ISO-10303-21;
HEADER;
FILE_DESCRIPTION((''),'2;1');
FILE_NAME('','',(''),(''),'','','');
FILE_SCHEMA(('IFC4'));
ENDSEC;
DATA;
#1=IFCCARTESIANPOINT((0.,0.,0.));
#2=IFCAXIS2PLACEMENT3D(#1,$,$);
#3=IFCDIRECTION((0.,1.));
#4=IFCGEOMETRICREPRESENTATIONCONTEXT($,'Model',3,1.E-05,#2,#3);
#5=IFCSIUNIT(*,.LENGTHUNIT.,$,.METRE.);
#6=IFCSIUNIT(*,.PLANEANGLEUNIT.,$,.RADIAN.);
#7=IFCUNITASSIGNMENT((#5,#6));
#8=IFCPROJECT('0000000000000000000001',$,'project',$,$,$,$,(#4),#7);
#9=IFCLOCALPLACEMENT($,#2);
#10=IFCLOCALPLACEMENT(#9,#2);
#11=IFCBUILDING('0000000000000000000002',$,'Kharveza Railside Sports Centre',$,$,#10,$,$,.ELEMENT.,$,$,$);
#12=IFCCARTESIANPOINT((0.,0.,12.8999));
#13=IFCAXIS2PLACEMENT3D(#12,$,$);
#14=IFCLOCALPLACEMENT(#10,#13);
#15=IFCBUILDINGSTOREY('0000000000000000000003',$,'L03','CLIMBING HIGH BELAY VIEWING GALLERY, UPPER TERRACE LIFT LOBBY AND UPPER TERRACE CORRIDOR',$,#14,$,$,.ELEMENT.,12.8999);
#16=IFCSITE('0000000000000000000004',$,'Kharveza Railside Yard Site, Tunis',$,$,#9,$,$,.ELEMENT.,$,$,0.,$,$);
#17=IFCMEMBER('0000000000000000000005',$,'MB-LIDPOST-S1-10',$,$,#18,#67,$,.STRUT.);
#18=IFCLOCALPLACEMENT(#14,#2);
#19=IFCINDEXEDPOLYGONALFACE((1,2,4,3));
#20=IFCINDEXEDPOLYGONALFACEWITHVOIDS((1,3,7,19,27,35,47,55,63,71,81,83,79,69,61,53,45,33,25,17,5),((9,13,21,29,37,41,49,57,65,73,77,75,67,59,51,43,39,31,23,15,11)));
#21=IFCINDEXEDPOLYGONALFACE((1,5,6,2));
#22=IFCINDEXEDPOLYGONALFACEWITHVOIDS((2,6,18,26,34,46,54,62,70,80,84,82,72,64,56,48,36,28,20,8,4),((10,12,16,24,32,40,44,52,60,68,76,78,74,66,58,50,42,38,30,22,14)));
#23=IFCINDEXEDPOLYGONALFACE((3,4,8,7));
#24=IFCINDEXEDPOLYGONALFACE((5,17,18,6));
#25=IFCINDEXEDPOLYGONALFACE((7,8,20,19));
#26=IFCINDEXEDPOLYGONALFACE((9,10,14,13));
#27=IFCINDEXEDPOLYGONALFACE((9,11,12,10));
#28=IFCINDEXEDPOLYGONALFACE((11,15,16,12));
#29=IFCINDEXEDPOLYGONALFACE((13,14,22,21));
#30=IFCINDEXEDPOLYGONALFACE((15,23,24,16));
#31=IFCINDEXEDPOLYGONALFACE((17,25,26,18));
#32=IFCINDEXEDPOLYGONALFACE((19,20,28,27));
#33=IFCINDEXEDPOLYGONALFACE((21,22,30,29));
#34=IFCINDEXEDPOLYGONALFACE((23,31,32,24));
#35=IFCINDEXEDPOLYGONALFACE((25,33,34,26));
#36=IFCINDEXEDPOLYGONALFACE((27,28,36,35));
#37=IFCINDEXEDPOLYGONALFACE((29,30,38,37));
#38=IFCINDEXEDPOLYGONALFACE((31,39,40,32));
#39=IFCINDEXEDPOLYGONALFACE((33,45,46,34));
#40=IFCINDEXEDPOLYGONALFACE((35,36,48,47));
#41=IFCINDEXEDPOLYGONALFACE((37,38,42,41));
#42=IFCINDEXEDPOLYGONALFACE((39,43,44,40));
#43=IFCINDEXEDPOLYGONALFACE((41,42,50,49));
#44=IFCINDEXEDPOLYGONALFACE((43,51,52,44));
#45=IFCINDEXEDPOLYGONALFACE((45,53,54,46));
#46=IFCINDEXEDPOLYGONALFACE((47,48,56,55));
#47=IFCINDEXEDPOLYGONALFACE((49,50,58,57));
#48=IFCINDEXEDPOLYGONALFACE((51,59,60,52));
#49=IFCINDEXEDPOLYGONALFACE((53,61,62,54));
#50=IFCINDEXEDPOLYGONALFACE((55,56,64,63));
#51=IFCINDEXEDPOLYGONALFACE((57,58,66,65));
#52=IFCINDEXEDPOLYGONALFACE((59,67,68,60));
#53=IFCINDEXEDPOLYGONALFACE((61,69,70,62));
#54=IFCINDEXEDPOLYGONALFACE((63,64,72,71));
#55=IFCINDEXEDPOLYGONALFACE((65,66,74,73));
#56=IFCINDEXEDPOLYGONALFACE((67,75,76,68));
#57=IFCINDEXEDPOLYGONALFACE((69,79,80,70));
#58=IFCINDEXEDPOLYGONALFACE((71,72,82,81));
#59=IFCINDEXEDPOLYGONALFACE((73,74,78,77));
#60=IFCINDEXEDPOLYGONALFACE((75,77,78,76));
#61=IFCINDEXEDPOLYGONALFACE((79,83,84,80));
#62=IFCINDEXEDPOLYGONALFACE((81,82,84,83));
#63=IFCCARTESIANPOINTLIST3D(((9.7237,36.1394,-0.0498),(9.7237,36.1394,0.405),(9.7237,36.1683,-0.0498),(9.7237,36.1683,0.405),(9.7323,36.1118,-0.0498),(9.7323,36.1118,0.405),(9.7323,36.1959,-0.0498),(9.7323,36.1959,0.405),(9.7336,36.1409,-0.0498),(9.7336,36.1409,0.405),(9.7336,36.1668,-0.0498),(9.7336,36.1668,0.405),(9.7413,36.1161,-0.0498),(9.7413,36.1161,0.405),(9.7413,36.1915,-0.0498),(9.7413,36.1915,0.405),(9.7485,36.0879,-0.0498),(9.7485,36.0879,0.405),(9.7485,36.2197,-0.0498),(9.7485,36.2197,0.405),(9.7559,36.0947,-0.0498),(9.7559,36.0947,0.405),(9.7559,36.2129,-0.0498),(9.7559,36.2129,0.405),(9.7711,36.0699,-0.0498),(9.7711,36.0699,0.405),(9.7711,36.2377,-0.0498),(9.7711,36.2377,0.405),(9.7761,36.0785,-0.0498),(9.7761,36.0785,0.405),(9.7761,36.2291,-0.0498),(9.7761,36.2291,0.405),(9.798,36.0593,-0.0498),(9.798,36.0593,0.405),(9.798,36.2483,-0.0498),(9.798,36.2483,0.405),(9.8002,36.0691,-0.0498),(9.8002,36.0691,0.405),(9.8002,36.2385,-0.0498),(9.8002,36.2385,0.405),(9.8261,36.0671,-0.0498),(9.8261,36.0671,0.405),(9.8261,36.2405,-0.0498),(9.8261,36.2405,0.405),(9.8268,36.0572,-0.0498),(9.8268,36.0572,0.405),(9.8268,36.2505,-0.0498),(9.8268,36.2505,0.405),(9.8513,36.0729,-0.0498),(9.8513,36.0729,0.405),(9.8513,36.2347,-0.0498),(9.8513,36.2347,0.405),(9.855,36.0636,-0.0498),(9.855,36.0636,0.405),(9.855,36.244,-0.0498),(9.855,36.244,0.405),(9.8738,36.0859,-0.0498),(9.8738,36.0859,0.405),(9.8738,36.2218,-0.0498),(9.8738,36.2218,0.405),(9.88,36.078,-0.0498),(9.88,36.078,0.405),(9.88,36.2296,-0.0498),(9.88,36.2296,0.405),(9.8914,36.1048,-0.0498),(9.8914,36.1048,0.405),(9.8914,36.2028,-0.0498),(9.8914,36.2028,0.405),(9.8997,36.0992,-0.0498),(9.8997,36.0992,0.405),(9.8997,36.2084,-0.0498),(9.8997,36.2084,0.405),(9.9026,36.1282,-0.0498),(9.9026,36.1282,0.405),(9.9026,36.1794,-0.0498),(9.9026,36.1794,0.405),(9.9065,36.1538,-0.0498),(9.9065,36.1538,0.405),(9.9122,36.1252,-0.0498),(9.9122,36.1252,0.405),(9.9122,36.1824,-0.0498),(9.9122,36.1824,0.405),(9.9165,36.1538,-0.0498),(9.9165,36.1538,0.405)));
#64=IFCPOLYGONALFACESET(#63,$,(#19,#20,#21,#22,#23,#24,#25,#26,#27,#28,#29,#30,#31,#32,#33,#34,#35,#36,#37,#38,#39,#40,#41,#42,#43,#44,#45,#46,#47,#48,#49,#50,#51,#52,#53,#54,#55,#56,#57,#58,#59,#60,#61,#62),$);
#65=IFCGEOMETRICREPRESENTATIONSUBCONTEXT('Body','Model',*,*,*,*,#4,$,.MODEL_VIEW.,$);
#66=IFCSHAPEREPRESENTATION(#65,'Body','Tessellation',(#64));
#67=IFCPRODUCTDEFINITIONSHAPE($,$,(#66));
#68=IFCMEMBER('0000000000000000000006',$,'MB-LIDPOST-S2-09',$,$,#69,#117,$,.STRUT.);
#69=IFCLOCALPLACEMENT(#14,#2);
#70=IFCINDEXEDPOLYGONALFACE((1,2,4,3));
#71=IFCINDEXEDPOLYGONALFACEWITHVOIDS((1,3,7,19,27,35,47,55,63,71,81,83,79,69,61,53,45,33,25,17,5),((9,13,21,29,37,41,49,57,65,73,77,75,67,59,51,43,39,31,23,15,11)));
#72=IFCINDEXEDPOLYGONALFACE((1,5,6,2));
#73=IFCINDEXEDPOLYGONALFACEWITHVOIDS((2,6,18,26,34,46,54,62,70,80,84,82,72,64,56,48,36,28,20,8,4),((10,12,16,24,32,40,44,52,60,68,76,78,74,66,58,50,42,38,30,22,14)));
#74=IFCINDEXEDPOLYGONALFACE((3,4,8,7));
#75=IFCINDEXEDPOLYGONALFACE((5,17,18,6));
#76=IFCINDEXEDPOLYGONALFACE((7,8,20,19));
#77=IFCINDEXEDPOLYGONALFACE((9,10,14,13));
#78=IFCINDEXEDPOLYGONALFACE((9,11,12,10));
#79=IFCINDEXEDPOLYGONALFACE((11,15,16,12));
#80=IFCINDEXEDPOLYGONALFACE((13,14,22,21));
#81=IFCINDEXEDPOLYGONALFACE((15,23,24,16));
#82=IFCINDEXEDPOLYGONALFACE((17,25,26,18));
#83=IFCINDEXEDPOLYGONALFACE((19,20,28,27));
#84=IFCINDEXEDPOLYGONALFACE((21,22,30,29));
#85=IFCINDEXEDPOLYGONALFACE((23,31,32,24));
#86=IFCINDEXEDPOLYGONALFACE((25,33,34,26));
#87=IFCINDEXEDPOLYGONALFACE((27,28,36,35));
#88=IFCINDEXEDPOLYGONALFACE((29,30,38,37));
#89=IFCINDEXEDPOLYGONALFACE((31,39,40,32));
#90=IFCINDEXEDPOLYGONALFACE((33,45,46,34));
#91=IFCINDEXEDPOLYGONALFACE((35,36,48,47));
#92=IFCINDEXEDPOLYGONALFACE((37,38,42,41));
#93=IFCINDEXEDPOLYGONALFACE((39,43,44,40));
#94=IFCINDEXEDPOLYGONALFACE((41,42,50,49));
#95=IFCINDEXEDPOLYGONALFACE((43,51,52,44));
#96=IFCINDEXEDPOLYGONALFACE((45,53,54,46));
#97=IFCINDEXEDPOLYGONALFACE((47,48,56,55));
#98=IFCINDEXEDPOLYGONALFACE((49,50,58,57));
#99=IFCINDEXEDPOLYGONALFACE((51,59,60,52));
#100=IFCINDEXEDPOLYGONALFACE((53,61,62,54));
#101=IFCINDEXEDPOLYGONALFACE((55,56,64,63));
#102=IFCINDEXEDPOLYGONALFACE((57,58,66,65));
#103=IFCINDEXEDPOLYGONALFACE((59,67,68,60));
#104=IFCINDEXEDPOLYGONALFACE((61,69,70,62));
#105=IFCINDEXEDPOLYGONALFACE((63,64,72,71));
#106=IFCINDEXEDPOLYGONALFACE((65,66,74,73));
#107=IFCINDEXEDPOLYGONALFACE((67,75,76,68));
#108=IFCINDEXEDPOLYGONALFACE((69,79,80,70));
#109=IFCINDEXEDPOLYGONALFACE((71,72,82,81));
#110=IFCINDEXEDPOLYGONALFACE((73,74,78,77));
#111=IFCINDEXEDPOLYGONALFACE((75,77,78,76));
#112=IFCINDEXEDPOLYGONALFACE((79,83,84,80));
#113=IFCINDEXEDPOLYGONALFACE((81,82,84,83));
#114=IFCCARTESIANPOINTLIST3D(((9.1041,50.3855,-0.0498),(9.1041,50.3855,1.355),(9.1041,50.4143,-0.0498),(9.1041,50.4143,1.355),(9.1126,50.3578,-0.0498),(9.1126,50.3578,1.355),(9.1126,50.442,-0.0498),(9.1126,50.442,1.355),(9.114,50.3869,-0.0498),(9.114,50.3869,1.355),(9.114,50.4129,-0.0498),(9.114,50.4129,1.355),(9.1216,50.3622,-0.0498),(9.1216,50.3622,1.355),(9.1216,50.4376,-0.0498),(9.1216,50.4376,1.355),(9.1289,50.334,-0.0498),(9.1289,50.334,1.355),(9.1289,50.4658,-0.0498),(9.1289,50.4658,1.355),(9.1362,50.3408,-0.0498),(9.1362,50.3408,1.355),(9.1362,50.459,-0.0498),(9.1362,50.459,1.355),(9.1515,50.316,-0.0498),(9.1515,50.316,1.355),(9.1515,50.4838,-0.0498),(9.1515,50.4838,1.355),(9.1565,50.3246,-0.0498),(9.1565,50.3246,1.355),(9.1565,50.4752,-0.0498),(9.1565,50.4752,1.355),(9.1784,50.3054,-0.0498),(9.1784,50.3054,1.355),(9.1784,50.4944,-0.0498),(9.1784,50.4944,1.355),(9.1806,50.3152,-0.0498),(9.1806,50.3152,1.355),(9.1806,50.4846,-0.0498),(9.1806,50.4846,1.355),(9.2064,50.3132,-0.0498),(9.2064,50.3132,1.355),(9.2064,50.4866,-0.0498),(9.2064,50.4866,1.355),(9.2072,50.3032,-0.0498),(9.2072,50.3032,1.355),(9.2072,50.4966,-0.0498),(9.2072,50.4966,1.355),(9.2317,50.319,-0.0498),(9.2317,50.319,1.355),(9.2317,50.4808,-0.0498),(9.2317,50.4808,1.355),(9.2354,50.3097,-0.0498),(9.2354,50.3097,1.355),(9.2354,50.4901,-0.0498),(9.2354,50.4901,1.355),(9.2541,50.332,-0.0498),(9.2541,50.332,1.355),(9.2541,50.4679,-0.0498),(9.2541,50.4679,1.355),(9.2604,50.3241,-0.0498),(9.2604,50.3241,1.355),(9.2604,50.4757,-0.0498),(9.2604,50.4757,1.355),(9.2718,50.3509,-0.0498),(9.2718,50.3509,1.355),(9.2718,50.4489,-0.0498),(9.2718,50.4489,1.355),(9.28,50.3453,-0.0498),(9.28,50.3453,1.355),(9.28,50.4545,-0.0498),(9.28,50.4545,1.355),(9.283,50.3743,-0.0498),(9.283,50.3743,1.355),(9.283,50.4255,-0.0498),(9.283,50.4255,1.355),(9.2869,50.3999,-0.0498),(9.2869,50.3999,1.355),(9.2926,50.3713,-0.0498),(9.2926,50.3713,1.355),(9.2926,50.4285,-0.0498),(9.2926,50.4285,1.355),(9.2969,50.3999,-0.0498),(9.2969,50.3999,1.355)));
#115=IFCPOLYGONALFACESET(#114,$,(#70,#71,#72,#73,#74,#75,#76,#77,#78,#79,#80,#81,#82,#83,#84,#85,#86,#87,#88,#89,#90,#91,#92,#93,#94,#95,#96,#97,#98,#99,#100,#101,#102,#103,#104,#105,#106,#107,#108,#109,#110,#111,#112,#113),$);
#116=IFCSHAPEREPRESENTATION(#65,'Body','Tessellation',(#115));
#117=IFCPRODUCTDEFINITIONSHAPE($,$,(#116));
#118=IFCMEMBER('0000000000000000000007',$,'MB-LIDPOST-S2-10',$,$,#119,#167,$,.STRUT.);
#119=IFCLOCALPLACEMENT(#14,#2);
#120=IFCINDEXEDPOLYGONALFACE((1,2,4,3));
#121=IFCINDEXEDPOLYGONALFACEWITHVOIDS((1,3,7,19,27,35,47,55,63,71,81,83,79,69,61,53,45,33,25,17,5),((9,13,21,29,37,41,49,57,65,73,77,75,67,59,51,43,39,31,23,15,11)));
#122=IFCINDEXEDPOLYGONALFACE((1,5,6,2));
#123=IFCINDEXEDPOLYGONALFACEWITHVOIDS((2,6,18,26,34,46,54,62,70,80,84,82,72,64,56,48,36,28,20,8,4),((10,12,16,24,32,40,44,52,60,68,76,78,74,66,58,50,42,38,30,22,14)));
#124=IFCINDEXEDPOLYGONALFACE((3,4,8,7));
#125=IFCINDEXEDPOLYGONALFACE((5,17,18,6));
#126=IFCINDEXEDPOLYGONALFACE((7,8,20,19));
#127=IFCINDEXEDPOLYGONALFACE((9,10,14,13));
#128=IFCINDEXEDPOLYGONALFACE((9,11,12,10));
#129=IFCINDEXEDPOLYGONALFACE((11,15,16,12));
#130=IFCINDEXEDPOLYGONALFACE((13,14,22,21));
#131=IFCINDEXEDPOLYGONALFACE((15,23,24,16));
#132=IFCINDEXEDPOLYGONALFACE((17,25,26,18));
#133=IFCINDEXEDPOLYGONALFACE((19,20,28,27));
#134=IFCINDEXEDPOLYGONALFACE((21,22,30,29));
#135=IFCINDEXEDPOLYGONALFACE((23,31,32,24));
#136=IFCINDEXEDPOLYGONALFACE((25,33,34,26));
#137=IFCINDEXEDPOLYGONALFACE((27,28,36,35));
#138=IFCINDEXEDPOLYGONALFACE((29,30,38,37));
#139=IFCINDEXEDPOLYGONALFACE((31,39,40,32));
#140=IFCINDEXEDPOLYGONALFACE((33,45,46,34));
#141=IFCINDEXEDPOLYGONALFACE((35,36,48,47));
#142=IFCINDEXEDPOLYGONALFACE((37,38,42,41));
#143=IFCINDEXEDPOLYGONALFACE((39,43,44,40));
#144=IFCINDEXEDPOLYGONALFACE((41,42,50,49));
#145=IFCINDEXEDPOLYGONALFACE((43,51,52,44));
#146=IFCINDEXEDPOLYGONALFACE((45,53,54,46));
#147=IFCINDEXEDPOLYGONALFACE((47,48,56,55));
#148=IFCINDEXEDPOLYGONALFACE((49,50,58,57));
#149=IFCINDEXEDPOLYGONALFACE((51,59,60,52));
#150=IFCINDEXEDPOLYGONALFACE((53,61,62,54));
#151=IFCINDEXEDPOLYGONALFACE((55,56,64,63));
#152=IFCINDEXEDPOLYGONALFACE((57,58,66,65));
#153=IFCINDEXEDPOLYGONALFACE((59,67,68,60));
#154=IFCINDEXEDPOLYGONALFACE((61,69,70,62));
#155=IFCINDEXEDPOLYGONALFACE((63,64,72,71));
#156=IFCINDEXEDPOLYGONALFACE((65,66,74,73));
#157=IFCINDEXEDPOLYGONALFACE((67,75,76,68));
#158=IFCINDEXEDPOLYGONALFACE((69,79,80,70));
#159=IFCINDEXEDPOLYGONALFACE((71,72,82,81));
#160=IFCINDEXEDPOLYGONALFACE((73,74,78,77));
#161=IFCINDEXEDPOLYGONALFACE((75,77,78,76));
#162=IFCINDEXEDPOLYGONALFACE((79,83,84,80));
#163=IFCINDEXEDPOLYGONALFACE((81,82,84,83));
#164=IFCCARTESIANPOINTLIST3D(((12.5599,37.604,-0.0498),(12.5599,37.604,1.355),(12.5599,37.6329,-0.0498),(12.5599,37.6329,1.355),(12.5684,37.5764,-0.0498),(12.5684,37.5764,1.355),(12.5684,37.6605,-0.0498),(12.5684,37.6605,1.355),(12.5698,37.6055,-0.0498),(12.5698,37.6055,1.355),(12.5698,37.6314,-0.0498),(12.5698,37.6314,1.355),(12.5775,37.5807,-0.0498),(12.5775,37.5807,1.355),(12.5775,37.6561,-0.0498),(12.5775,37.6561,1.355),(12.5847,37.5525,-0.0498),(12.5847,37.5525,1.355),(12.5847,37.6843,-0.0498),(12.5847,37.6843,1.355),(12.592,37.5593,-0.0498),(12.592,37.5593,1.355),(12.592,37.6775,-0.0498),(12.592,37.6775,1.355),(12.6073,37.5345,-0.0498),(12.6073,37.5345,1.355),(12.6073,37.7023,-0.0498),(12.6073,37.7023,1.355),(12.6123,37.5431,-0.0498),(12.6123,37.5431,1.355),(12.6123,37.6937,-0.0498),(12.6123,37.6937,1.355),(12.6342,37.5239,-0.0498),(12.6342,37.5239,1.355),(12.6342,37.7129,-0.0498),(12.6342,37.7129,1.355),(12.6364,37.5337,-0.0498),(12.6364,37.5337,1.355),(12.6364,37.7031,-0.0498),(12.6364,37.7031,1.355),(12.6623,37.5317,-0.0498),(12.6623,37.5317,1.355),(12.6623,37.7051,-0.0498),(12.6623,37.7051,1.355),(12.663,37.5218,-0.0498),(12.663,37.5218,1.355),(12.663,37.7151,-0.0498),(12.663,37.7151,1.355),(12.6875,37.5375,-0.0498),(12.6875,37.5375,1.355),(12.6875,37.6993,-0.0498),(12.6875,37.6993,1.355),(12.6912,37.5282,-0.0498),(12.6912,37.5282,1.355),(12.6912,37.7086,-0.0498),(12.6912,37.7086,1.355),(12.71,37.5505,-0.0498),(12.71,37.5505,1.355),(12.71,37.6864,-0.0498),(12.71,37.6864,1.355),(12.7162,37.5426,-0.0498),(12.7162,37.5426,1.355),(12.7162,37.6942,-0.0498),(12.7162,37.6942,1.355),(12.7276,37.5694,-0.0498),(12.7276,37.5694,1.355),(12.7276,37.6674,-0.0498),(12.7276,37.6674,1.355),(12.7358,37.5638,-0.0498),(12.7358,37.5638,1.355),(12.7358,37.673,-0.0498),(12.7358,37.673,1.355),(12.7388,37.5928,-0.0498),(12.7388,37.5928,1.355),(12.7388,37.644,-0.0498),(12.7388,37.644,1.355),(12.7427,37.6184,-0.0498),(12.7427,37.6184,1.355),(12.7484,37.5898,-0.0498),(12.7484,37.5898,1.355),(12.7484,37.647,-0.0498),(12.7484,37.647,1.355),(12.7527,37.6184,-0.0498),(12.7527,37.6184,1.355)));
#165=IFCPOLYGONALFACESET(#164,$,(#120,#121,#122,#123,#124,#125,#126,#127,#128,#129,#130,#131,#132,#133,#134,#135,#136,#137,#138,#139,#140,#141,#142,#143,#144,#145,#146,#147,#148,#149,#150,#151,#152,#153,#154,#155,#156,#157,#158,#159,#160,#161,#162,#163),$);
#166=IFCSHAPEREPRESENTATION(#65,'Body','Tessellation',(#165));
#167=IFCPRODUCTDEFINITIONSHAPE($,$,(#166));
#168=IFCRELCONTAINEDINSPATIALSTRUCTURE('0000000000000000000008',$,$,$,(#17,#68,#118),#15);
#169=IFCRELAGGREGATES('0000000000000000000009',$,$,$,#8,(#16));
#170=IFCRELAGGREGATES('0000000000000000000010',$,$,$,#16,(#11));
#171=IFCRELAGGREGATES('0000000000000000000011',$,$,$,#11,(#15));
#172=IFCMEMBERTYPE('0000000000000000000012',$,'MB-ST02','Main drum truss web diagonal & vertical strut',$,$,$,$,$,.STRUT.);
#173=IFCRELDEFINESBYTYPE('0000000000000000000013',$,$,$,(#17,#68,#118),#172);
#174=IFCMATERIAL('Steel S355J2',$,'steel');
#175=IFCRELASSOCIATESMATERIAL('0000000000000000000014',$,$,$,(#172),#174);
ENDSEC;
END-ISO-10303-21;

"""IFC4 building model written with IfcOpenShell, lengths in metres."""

from ifc_helpers import new_model, si_unit, direction, frame, origin, origin_2d, place, context, subcontext, project, spatial, hollow_circle, extrude, material, material_profile, profile_set, type_object, element, save


model = new_model("IFC4")

# Units and contexts
model_context = context("Model", 3, precision=1e-05, world=origin(), true_north=direction((0.0, 1.0)))
body_context = subcontext(model_context, "Body", "Model", "MODEL_VIEW")
ifc_project = project(units=[si_unit("LENGTHUNIT", "METRE"), si_unit("PLANEANGLEUNIT", "RADIAN")], contexts=[model_context])

# Site, building, storey
site_placement = place(None, origin())
site = spatial("IfcSite", under=ifc_project, at=site_placement, Name="Kharveza Railside Yard Site, Tunis", CompositionType="ELEMENT", RefElevation=0.0)
building_placement = place(site_placement, origin())
building = spatial("IfcBuilding", under=site, at=building_placement, Name="Kharveza Railside Sports Centre", CompositionType="ELEMENT")
storey_placement = place(building_placement, frame((0.0, 0.0, 12.8999)))
storey = spatial("IfcBuildingStorey", under=building, at=storey_placement, Name="L03", Description="CLIMBING HIGH BELAY VIEWING GALLERY, UPPER TERRACE LIFT LOBBY AND UPPER TERRACE CORRIDOR", CompositionType="ELEMENT", Elevation=12.8999)

# Shared definitions
ifc_material_1 = material(Name="Steel S355J2", Category="steel")

# Members
ifc_material_profile_1 = material_profile(ifc_material_1, hollow_circle(Radius=0.0969, WallThickness=0.01, at=origin_2d()), Name="CHS 193.7x10.0")
ifc_profile_set_1 = profile_set([ifc_material_profile_1], Name="Steel S355J2")
member_type_1 = type_object("IfcMemberType", Name="MB-ST02", Description="Main drum truss web diagonal & vertical strut", PredefinedType="STRUT", material=ifc_profile_set_1)
for number, where, z_axis, x_axis, name in (
    (1, (9.8196, 36.1538, -0.0498), (0.0, 0.0, 1.0), (1.0, 0.0, 0.0), "MB-LIDPOST-S1-10"),
):
    element("IfcMember", number, at=place(storey_placement, frame(where, z_axis=z_axis, x_axis=x_axis)), inside=storey, type_object=member_type_1, Name=name, PredefinedType="STRUT", context=body_context, shape_type="SweptSolid", body=[
        extrude(hollow_circle(Radius=0.0969, WallThickness=0.01, at=origin_2d()), origin(), (0.0, 0.0, 1.0), 0.4548),
    ])
for number, where, z_axis, x_axis, name in (
    (2, (9.2, 50.3999, -0.0498), (0.0, 0.0, 1.0), (1.0, 0.0, 0.0), "MB-LIDPOST-S2-09"),
    (3, (12.6558, 37.6184, -0.0498), (0.0, 0.0, 1.0), (1.0, 0.0, 0.0), "MB-LIDPOST-S2-10"),
):
    element("IfcMember", number, at=place(storey_placement, frame(where, z_axis=z_axis, x_axis=x_axis)), inside=storey, type_object=member_type_1, Name=name, PredefinedType="STRUT", context=body_context, shape_type="SweptSolid", body=[
        extrude(hollow_circle(Radius=0.0969, WallThickness=0.01, at=origin_2d()), origin(), (0.0, 0.0, 1.0), 1.4048),
    ])

save(model, "model.ifc")
